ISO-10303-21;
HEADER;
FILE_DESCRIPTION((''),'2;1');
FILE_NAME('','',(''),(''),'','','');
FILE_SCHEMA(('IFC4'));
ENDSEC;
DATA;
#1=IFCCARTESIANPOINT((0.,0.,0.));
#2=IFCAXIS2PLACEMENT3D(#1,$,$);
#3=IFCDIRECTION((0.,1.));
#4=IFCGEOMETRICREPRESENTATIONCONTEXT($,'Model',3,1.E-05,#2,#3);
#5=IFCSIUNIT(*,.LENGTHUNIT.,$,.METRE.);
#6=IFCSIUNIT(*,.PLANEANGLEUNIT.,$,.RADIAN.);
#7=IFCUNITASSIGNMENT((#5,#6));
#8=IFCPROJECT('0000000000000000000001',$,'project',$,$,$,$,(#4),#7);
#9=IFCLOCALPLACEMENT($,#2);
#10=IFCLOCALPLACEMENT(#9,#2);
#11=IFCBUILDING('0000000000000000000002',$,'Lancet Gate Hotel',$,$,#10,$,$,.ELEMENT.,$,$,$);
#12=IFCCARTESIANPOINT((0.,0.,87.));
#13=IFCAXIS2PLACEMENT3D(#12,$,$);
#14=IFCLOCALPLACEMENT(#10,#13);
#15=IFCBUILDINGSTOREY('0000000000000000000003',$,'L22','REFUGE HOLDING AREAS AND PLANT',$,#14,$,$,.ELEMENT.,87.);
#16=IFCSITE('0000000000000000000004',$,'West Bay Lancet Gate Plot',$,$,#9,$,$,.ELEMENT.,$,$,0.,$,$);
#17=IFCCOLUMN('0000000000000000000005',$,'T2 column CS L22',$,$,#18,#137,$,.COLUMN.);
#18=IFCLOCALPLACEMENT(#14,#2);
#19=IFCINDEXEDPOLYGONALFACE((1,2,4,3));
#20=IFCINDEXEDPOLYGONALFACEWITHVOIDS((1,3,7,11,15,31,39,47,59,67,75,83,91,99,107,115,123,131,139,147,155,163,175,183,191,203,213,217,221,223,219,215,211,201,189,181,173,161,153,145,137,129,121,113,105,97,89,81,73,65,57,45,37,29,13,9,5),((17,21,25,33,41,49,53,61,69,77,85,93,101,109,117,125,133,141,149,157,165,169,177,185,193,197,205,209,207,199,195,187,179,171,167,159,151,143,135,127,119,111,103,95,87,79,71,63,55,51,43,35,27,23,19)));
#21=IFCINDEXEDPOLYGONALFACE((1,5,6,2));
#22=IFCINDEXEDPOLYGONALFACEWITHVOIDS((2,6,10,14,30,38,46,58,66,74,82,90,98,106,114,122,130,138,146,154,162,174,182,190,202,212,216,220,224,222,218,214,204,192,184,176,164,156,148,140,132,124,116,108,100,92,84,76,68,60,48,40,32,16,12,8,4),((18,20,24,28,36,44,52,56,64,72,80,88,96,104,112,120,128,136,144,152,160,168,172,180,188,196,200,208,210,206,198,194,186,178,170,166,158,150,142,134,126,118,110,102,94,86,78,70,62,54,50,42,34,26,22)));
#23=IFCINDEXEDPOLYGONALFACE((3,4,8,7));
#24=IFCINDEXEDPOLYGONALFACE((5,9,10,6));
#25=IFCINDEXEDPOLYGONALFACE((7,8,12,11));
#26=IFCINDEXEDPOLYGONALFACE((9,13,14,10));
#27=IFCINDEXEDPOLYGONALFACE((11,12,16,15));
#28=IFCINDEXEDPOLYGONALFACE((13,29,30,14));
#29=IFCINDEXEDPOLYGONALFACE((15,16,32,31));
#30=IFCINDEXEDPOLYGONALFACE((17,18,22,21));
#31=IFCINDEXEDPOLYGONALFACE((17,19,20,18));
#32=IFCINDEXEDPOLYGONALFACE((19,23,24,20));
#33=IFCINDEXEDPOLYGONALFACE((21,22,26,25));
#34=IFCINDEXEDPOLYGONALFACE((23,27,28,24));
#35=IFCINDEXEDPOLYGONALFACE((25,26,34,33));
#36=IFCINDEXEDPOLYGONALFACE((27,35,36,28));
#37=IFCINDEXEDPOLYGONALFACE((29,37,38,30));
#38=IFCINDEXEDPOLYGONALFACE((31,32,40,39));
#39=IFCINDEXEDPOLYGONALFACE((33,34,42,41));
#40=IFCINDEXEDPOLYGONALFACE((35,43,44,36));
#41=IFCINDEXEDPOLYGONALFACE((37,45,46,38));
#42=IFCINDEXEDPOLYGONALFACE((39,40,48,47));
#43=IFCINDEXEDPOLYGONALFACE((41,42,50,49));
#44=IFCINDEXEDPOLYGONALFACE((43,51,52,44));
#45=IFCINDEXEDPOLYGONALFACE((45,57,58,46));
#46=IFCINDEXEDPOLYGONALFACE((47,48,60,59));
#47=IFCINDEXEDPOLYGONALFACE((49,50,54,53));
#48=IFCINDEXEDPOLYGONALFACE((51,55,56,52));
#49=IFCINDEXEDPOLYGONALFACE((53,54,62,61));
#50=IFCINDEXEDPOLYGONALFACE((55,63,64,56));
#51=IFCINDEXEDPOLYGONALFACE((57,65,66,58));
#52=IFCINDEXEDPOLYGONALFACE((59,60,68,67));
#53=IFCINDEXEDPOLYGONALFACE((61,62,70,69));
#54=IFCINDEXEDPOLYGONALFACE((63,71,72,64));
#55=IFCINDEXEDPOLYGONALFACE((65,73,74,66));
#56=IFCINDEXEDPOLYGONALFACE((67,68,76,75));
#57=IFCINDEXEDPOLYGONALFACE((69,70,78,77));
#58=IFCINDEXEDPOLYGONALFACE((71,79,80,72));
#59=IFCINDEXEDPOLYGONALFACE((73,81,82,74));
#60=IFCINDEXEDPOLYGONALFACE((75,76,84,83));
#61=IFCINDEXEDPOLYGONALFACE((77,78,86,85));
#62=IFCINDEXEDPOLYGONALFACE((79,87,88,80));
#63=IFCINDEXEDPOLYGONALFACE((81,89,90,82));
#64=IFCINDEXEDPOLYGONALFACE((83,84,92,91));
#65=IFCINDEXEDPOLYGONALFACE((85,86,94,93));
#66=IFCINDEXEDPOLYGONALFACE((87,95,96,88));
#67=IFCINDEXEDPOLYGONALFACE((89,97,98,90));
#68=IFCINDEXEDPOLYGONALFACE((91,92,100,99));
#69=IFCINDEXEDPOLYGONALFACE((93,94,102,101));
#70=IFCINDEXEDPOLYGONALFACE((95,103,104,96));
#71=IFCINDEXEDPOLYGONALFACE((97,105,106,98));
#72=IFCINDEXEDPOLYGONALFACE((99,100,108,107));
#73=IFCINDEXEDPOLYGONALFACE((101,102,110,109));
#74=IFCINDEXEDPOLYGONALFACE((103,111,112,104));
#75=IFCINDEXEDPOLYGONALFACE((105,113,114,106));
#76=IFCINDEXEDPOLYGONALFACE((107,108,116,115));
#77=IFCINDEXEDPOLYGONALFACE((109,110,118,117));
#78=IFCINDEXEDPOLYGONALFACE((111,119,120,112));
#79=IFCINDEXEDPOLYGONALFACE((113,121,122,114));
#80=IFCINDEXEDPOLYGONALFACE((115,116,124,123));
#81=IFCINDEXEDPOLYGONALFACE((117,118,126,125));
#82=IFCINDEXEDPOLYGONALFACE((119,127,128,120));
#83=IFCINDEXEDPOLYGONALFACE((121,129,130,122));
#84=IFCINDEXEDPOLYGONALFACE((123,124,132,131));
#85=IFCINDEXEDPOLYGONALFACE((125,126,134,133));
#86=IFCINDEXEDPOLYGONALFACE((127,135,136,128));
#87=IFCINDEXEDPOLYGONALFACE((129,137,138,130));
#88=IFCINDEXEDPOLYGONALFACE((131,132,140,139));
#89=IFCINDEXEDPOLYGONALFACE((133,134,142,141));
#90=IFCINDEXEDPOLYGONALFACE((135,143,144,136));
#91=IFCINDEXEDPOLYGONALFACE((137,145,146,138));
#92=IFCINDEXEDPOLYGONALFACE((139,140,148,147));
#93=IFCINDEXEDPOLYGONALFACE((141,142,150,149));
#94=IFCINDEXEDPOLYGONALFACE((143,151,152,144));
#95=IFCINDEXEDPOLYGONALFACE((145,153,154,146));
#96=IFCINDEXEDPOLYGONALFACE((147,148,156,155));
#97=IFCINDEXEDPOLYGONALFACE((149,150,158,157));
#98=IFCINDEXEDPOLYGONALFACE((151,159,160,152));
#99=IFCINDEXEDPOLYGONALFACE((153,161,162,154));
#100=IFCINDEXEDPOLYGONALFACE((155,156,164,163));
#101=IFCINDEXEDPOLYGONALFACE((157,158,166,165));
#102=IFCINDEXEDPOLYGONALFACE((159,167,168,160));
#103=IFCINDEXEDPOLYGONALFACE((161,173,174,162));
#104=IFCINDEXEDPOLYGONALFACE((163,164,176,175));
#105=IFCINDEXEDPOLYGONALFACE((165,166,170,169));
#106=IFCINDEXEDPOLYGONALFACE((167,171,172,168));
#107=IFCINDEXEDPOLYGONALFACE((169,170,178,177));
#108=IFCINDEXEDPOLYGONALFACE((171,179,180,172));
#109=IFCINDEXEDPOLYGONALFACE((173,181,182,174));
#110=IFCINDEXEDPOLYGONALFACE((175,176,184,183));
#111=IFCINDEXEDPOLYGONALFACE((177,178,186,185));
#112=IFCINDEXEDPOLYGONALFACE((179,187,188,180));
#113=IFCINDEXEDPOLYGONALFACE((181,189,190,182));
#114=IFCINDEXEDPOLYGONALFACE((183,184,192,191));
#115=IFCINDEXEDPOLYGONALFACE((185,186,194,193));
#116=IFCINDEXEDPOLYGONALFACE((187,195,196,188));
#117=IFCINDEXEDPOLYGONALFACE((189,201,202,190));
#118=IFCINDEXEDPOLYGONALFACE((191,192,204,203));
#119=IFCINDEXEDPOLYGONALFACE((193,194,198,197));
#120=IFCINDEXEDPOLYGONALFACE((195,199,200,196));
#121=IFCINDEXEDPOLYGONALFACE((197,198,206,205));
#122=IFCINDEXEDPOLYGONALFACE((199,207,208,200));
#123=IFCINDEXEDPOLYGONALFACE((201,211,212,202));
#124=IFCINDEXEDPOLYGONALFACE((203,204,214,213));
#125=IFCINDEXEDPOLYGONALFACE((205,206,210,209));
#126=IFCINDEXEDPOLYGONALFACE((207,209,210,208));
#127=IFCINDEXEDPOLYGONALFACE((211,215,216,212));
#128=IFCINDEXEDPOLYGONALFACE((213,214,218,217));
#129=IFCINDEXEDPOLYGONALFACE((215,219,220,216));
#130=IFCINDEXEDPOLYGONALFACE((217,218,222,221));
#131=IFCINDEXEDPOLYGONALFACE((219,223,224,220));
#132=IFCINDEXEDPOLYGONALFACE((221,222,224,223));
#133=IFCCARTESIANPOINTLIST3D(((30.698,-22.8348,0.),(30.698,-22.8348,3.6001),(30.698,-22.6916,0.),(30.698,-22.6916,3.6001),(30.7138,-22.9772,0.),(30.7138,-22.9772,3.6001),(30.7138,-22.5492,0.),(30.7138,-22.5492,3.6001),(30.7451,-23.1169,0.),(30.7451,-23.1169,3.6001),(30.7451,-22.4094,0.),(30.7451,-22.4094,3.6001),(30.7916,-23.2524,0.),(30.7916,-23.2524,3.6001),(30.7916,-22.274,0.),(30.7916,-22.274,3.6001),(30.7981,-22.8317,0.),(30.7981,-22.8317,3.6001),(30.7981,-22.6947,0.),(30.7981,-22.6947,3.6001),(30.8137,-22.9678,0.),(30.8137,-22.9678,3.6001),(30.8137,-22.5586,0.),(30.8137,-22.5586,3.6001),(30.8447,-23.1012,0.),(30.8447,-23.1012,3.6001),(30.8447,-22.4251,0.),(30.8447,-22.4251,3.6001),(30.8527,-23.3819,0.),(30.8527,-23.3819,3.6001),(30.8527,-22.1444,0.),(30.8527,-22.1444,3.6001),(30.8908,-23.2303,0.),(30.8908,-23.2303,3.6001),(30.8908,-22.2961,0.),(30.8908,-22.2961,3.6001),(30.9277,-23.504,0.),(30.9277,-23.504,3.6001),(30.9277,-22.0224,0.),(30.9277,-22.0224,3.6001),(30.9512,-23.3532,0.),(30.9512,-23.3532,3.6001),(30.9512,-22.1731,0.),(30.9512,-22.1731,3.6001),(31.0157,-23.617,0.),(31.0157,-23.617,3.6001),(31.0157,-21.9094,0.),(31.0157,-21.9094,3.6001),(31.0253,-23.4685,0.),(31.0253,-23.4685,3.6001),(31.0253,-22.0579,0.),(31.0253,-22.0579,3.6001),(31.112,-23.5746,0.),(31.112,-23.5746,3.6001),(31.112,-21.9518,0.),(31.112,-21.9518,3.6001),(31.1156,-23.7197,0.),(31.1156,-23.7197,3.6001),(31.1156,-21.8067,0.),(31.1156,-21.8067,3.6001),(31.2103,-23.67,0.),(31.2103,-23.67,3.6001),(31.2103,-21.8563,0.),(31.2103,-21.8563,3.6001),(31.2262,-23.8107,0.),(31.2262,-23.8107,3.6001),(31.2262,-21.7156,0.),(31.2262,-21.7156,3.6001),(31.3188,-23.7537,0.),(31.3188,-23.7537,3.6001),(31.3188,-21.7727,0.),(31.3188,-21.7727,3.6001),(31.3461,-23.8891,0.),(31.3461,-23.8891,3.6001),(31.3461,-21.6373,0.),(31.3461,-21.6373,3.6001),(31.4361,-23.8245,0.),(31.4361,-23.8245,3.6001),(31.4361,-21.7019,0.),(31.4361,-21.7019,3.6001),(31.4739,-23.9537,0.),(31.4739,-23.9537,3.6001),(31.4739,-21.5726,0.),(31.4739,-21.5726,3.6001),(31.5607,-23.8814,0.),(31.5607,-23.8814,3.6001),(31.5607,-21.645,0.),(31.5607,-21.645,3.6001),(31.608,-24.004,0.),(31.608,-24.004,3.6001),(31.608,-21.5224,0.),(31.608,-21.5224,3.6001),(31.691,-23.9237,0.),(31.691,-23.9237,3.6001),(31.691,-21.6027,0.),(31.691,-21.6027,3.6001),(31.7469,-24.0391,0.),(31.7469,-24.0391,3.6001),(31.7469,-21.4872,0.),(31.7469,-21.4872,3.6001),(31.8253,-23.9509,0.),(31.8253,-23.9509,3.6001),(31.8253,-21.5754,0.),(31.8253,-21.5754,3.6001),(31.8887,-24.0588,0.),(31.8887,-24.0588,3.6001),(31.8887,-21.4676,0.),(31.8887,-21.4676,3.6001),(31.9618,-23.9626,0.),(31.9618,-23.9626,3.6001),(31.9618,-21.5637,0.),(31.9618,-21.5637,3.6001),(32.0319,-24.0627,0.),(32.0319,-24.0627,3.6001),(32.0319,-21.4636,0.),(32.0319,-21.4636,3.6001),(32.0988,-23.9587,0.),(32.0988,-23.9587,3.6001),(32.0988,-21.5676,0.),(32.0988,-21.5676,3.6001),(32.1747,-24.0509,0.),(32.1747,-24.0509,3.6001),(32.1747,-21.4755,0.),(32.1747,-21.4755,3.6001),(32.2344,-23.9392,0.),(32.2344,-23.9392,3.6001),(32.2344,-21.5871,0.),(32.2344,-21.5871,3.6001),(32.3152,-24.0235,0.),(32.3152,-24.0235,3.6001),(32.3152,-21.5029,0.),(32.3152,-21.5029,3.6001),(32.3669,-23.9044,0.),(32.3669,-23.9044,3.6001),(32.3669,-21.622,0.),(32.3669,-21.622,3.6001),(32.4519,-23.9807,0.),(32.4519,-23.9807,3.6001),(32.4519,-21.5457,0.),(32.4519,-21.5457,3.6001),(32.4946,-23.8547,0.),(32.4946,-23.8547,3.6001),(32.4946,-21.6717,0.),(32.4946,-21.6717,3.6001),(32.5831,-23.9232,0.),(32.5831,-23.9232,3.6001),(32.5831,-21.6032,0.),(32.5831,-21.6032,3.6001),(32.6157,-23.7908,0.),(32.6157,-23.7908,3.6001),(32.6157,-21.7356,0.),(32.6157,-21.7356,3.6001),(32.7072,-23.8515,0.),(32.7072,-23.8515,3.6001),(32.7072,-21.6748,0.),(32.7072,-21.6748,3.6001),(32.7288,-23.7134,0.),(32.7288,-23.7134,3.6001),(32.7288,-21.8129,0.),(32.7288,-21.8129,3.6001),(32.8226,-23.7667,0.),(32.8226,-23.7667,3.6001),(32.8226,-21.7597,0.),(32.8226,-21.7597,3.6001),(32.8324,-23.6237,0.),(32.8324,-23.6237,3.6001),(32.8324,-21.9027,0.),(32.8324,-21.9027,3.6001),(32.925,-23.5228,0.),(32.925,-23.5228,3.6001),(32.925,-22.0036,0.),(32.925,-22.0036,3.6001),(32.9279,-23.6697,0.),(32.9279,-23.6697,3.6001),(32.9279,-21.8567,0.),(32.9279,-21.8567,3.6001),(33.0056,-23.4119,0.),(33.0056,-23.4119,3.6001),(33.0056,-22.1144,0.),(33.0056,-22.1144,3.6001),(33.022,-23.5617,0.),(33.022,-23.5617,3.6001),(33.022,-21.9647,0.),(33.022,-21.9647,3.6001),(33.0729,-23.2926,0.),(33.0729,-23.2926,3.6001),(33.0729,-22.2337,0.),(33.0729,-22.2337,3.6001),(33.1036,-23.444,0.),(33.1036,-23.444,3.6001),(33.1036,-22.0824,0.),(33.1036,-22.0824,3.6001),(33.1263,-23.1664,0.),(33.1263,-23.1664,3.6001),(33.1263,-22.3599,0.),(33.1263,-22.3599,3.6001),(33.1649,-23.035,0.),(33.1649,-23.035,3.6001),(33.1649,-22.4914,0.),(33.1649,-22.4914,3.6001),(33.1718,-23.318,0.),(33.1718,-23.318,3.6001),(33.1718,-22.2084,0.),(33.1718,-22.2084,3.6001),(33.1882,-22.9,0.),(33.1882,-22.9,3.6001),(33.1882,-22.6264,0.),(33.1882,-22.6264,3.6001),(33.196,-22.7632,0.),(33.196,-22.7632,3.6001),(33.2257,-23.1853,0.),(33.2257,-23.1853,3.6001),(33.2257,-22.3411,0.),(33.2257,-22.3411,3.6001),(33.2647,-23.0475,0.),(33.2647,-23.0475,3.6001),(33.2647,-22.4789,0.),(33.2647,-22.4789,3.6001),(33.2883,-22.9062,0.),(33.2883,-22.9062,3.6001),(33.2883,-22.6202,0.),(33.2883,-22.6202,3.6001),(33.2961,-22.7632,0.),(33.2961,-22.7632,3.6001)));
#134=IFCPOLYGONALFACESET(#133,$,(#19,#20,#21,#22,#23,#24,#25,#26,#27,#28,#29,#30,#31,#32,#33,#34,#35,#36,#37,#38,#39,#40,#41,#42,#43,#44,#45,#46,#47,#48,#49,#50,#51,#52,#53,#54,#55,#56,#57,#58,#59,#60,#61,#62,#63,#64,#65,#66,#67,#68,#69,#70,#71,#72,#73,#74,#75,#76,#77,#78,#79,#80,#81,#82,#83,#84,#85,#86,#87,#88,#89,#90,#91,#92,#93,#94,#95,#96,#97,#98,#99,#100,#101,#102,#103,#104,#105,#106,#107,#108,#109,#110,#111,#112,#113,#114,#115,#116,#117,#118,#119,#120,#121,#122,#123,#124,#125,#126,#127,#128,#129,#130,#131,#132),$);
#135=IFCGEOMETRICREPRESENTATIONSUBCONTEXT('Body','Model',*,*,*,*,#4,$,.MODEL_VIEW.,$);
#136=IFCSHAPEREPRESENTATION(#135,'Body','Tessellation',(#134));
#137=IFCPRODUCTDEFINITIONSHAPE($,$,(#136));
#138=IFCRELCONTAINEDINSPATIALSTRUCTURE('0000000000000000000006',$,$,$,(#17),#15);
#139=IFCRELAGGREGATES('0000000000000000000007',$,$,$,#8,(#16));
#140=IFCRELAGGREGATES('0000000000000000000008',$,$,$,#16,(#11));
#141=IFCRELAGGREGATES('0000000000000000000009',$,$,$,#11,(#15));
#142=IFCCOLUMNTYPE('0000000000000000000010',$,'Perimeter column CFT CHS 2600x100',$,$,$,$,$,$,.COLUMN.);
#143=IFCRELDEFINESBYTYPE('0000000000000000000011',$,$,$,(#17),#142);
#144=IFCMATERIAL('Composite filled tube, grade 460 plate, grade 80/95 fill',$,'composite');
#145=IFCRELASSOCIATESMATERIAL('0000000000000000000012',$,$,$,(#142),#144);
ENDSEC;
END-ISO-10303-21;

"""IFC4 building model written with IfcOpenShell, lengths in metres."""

from ifc_helpers import new_model, si_unit, direction, frame, origin, origin_2d, place, context, subcontext, project, spatial, hollow_circle, extrude, material, material_profile, profile_set, type_object, element, save


model = new_model("IFC4")

# Units and contexts
model_context = context("Model", 3, precision=1e-05, world=origin(), true_north=direction((0.0, 1.0)))
body_context = subcontext(model_context, "Body", "Model", "MODEL_VIEW")
ifc_project = project(units=[si_unit("LENGTHUNIT", "METRE"), si_unit("PLANEANGLEUNIT", "RADIAN")], contexts=[model_context])

# Site, building, storey
site_placement = place(None, origin())
site = spatial("IfcSite", under=ifc_project, at=site_placement, Name="West Bay Lancet Gate Plot", CompositionType="ELEMENT", RefElevation=0.0)
building_placement = place(site_placement, origin())
building = spatial("IfcBuilding", under=site, at=building_placement, Name="Lancet Gate Hotel", CompositionType="ELEMENT")
storey_placement = place(building_placement, frame((0.0, 0.0, 87.0)))
storey = spatial("IfcBuildingStorey", under=building, at=storey_placement, Name="L22", Description="REFUGE HOLDING AREAS AND PLANT", CompositionType="ELEMENT", Elevation=87.0)

# Column
ifc_material_1 = material(Name="Composite filled tube, grade 460 plate, grade 80/95 fill", Category="composite")
ifc_material_profile_1 = material_profile(ifc_material_1, hollow_circle(Radius=1.3, WallThickness=0.1001, at=origin_2d()), Name="CHS 2600x100")
ifc_profile_set_1 = profile_set([ifc_material_profile_1], Name="Composite filled tube, grade 460 plate, grade 80/95 fill")
column_type = type_object("IfcColumnType", Name="Perimeter column CFT CHS 2600x100", PredefinedType="COLUMN", material=ifc_profile_set_1)
for number, where, z_axis, x_axis, name in (
    (1, (31.9961, -22.7632, 0.0), (0.0, 0.0, 1.0), (1.0, 0.0, 0.0), "T2 column CS L22"),
):
    element("IfcColumn", number, at=place(storey_placement, frame(where, z_axis=z_axis, x_axis=x_axis)), inside=storey, type_object=column_type, Name=name, PredefinedType="COLUMN", context=body_context, shape_type="SweptSolid", body=[
        extrude(hollow_circle(Radius=1.3, WallThickness=0.1001, at=origin_2d()), origin(), (0.0, 0.0, 1.0), 3.6001),
    ])

save(model, "model.ifc")
